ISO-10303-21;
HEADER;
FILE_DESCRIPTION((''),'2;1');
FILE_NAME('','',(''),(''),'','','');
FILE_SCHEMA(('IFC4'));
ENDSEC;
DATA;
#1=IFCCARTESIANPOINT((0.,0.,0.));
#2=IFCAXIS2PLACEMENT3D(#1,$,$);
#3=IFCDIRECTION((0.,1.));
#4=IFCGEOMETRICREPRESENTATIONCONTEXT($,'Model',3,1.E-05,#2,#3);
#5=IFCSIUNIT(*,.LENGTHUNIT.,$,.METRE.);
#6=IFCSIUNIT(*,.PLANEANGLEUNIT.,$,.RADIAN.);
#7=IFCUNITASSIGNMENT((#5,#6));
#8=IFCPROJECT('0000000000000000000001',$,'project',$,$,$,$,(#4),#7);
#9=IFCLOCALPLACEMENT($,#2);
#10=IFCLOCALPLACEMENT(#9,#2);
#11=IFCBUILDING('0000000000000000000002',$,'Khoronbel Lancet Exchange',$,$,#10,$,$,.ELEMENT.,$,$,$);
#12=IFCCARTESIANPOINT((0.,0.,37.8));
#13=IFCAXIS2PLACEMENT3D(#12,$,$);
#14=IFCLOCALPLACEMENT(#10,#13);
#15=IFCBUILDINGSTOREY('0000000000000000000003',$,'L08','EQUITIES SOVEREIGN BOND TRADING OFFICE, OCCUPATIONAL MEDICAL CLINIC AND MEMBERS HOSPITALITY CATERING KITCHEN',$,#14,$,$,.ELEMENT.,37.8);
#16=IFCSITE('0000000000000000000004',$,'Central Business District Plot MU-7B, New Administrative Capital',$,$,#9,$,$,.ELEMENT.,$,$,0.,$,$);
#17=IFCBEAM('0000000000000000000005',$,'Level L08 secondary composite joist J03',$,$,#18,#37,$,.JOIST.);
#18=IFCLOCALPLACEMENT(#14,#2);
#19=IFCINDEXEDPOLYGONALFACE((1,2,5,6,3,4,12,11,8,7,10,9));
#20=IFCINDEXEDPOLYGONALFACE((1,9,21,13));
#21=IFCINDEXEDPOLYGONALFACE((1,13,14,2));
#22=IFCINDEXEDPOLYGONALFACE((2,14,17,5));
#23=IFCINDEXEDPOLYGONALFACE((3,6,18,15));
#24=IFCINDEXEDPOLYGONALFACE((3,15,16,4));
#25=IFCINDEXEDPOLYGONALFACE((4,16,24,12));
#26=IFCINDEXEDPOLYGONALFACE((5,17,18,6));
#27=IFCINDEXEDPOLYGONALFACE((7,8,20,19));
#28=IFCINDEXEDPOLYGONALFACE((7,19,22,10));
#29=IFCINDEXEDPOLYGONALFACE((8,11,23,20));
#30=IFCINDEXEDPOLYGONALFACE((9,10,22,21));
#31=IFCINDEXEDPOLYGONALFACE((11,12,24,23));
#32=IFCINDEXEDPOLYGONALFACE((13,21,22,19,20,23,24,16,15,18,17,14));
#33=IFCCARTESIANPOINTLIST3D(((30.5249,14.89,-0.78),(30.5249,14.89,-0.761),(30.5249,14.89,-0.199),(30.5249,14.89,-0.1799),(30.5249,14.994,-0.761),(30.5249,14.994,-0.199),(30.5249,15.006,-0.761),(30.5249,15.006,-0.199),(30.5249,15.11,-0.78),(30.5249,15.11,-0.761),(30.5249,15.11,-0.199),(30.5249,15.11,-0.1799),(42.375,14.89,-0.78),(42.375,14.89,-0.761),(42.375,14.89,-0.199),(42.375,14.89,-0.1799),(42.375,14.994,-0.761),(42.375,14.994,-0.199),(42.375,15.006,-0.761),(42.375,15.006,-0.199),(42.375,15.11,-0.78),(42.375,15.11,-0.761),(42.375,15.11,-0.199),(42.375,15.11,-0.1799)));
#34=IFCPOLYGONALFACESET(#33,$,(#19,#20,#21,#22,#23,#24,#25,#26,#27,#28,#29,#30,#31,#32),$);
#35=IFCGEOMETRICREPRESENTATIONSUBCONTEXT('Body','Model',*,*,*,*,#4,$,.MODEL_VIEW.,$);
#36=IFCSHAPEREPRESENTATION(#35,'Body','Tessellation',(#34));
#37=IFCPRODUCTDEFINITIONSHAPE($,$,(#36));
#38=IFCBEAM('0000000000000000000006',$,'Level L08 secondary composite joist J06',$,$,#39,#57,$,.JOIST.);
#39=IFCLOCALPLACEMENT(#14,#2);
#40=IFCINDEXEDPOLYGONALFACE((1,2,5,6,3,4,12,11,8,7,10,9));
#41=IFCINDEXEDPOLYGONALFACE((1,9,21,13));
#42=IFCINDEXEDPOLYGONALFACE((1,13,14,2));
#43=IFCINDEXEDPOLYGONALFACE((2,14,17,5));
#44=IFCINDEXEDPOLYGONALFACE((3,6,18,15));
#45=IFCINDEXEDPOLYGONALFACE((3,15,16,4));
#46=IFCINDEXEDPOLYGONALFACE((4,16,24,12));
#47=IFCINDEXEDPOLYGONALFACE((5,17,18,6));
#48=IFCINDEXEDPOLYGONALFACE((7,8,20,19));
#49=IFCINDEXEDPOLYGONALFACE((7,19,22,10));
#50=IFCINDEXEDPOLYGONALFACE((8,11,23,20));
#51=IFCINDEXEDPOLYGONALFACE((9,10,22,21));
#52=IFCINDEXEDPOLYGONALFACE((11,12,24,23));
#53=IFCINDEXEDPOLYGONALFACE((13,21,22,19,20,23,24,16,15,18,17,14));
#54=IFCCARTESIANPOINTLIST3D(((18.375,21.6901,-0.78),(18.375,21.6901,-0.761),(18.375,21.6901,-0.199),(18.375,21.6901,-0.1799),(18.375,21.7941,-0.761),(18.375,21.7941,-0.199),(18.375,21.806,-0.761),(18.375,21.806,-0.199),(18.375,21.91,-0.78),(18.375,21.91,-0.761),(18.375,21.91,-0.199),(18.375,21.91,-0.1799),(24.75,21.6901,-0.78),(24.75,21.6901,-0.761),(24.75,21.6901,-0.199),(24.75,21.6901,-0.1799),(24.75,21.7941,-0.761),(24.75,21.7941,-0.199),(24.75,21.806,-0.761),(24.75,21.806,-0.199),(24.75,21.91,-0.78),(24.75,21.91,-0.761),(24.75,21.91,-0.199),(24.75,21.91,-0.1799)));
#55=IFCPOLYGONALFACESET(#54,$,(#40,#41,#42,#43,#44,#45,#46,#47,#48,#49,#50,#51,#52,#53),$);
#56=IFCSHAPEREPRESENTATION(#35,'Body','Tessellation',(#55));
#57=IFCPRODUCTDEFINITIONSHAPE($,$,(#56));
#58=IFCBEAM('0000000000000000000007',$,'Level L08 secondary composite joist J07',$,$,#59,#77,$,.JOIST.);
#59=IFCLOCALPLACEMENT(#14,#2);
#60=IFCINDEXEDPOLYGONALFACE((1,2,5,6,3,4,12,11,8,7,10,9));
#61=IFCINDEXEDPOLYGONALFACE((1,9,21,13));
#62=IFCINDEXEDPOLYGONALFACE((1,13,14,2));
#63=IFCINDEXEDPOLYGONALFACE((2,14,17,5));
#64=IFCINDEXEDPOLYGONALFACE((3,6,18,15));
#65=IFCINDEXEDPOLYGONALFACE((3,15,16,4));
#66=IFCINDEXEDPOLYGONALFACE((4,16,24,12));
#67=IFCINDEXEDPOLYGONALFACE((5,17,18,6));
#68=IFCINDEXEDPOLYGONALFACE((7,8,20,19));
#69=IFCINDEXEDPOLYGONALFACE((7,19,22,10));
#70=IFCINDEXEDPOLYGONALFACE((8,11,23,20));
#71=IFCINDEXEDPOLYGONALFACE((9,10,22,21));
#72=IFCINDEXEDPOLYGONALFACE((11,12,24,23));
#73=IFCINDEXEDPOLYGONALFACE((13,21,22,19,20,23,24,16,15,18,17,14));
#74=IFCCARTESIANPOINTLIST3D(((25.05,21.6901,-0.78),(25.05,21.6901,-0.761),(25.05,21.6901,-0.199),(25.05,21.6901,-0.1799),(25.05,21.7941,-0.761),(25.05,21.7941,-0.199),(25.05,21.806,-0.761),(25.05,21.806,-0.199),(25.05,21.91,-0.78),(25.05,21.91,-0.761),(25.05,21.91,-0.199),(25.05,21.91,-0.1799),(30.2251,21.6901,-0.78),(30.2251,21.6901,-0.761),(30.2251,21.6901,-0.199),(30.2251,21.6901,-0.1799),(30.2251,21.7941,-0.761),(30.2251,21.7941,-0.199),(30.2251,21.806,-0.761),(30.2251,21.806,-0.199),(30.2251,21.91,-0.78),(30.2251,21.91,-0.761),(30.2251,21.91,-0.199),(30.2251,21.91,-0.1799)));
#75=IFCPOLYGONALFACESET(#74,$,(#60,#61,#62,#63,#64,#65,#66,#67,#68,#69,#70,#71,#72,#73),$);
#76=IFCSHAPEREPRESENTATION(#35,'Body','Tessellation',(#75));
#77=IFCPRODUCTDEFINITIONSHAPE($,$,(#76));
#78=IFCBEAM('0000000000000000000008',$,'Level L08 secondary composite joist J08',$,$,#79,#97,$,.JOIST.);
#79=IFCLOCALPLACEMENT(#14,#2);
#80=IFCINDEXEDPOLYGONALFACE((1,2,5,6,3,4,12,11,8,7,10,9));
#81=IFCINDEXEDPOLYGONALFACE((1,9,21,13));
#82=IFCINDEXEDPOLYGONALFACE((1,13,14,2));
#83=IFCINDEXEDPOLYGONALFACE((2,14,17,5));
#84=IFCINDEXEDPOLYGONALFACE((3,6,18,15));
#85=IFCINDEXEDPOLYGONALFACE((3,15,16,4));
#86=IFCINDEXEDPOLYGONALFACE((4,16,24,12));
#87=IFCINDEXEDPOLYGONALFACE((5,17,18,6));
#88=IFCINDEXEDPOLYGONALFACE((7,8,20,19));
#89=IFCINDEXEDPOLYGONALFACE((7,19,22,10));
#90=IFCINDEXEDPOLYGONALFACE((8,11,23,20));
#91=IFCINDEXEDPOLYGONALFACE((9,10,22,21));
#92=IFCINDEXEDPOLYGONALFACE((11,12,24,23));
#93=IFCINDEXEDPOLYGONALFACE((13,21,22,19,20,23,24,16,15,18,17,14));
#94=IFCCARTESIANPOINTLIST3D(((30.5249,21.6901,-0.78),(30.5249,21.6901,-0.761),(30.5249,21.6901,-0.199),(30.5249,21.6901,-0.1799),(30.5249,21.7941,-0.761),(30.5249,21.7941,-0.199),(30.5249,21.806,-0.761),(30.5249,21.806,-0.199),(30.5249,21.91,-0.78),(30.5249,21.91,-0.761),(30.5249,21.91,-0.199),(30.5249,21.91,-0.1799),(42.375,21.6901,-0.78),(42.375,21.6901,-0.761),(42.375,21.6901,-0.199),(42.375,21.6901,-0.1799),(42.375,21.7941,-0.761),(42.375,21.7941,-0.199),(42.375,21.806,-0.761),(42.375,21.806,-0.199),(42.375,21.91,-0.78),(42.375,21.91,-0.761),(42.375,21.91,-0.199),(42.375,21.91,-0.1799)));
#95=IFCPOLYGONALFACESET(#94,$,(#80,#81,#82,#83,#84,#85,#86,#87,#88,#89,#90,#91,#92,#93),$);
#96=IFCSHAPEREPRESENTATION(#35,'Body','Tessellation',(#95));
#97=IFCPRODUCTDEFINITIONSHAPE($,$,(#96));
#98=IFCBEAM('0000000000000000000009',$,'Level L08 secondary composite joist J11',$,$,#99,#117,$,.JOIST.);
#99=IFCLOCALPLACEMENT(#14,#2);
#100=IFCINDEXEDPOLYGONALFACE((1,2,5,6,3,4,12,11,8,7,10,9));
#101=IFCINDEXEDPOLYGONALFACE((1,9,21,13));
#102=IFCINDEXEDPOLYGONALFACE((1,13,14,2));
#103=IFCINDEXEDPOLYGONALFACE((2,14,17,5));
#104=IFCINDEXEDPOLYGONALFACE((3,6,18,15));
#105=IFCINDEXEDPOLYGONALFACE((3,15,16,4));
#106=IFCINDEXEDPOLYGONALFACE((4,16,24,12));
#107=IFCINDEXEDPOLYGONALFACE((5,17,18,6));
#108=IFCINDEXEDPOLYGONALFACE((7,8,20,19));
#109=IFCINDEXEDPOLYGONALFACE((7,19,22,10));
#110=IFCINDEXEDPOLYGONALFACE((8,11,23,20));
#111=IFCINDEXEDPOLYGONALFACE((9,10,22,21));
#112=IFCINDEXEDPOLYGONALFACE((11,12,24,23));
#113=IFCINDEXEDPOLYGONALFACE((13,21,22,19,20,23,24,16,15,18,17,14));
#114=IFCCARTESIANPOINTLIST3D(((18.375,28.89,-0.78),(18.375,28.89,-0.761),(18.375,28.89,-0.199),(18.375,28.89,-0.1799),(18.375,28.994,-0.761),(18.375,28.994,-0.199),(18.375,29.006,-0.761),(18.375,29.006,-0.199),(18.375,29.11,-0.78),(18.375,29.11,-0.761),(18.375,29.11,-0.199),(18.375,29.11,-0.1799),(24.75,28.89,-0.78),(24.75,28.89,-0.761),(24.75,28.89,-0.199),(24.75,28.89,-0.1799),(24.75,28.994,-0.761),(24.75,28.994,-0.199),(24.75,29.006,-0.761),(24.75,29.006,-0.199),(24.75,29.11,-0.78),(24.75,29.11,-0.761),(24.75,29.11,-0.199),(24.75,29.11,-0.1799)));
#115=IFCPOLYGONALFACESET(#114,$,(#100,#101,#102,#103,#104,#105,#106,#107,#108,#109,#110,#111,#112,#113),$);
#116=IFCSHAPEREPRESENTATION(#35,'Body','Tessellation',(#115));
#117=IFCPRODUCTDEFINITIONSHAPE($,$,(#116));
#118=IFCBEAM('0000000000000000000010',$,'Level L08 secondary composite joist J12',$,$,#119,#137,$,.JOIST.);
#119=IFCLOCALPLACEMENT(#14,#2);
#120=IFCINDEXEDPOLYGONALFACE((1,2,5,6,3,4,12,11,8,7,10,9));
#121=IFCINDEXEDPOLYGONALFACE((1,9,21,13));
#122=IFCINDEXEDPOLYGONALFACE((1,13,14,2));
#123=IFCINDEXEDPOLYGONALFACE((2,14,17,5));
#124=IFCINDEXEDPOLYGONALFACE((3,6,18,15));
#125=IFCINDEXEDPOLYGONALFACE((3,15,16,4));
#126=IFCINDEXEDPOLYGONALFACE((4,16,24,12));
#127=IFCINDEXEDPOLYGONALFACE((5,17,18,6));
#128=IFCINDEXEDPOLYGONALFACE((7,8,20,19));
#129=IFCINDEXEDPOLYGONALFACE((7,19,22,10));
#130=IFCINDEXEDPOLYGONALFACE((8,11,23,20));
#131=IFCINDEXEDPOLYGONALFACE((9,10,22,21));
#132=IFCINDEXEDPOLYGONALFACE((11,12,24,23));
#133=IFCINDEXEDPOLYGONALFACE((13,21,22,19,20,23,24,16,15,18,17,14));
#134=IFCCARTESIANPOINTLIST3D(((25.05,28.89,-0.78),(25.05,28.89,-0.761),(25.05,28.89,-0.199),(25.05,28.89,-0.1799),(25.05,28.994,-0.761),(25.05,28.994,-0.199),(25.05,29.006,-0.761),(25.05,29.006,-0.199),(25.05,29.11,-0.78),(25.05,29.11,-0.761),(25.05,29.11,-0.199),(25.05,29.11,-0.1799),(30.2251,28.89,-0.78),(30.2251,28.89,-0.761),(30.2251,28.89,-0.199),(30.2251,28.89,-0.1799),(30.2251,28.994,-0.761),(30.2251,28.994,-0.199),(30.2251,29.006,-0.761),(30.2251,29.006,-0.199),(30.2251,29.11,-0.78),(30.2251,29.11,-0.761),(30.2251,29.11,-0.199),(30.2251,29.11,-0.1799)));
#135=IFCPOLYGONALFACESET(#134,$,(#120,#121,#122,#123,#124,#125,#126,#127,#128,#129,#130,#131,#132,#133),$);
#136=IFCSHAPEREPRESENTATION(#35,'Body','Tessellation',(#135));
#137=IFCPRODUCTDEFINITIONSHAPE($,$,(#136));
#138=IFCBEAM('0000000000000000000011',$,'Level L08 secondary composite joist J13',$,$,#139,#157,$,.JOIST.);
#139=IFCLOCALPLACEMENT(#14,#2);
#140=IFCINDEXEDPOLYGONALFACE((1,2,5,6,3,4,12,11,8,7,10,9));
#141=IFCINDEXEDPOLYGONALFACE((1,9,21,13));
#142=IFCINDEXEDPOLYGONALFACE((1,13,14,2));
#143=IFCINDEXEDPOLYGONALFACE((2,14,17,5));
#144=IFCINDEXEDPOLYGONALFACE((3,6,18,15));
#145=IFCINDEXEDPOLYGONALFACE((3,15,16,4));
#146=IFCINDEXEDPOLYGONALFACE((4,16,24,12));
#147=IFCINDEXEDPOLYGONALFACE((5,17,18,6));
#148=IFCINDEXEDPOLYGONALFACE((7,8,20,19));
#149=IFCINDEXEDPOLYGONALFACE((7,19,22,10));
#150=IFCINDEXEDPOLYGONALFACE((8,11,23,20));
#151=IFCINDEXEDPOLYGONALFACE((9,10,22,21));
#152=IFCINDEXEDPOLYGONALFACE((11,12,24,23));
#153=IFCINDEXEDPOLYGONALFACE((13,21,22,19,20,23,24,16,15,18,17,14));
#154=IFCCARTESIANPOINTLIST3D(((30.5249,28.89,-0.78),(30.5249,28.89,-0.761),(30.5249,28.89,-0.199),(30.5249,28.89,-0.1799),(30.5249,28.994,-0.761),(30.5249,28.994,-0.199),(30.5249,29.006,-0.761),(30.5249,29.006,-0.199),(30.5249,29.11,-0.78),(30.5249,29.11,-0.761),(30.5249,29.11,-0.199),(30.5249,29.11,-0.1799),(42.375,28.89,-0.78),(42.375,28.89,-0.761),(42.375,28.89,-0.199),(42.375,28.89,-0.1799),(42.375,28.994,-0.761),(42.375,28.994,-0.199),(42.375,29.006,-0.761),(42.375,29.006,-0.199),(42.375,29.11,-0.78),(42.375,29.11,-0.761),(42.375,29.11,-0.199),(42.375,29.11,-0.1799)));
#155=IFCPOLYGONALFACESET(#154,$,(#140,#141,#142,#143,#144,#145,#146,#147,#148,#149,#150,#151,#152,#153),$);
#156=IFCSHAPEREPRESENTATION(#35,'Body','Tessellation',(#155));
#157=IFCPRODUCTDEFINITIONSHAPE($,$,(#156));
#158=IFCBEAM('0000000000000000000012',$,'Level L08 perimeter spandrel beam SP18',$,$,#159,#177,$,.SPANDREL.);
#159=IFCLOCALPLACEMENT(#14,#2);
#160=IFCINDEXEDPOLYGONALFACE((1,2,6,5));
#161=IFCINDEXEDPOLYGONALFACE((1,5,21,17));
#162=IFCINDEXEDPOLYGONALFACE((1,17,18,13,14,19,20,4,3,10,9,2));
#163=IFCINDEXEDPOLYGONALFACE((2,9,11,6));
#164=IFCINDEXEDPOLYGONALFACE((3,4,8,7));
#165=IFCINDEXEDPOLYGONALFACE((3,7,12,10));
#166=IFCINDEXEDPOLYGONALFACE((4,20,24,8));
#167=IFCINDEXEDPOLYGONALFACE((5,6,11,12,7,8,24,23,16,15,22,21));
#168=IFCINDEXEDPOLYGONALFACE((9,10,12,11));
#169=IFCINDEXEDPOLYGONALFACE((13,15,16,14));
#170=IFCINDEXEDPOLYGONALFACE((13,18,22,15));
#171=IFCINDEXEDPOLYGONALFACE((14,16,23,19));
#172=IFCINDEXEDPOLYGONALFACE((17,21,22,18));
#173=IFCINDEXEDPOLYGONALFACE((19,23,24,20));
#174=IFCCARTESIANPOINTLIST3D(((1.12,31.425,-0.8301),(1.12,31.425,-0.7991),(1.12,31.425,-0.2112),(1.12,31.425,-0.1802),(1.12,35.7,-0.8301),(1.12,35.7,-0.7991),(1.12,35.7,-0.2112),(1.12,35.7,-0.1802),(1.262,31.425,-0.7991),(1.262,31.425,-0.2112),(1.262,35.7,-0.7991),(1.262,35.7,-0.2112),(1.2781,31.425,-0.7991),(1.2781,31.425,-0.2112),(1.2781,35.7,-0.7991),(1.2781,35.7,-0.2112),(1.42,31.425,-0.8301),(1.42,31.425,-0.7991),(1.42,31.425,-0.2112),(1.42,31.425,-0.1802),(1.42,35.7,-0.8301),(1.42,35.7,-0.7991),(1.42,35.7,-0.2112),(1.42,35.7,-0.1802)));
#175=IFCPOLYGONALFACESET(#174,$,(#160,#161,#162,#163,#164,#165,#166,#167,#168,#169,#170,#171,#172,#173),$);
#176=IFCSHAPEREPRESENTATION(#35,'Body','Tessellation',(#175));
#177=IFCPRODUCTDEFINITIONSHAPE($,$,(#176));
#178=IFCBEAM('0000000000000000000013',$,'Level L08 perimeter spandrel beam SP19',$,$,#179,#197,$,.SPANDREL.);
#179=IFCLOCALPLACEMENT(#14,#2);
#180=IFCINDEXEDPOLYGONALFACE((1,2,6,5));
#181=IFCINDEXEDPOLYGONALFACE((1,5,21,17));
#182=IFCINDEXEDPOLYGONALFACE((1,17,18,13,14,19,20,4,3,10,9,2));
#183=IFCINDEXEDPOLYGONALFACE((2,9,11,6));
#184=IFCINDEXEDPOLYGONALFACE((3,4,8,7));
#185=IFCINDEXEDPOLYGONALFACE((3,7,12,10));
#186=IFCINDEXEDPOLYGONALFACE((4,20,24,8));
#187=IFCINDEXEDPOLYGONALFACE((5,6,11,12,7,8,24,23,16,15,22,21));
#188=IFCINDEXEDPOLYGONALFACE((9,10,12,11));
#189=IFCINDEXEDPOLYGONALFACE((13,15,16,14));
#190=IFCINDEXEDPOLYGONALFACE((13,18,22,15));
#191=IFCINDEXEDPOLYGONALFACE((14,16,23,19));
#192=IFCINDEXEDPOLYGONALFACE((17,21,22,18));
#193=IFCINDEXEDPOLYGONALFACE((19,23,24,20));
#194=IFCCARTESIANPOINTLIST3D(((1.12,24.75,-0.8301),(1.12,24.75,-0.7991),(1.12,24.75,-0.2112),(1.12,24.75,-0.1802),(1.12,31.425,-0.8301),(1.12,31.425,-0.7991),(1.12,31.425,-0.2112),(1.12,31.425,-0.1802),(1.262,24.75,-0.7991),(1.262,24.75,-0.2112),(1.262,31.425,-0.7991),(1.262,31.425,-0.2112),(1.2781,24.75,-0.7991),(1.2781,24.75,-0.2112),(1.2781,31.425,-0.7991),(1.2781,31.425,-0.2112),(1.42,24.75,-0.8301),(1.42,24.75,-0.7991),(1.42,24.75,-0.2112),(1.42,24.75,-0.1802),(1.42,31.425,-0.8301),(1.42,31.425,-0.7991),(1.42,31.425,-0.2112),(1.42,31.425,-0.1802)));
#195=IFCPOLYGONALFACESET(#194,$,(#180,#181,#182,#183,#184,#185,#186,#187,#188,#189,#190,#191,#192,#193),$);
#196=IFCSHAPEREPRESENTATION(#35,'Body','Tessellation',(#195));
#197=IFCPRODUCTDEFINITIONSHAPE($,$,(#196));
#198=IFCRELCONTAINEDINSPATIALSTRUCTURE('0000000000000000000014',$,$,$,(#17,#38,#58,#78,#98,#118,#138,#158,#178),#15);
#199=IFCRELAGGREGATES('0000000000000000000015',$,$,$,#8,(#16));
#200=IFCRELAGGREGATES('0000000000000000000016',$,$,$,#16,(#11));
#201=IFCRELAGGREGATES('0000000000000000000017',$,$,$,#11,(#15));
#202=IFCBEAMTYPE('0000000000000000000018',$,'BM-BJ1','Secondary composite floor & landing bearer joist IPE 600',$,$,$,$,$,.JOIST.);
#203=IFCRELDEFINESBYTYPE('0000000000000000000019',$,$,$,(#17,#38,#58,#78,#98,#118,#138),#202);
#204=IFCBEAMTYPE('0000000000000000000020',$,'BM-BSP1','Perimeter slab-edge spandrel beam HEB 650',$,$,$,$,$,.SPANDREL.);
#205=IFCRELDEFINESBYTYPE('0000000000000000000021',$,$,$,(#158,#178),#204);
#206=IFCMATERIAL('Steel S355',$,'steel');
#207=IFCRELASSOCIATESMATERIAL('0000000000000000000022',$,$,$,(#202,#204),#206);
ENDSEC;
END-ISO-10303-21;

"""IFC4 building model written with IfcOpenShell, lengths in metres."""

from ifc_helpers import new_model, si_unit, direction, frame, origin, origin_2d, place, context, subcontext, project, spatial, i_section, extrude, material, material_profile, profile_set, type_object, element, save


model = new_model("IFC4")

# Units and contexts
model_context = context("Model", 3, precision=1e-05, world=origin(), true_north=direction((0.0, 1.0)))
body_context = subcontext(model_context, "Body", "Model", "MODEL_VIEW")
ifc_project = project(units=[si_unit("LENGTHUNIT", "METRE"), si_unit("PLANEANGLEUNIT", "RADIAN")], contexts=[model_context])

# Site, building, storey
site_placement = place(None, origin())
site = spatial("IfcSite", under=ifc_project, at=site_placement, Name="Central Business District Plot MU-7B, New Administrative Capital", CompositionType="ELEMENT", RefElevation=0.0)
building_placement = place(site_placement, origin())
building = spatial("IfcBuilding", under=site, at=building_placement, Name="Khoronbel Lancet Exchange", CompositionType="ELEMENT")
storey_placement = place(building_placement, frame((0.0, 0.0, 37.8)))
storey = spatial("IfcBuildingStorey", under=building, at=storey_placement, Name="L08", Description="EQUITIES SOVEREIGN BOND TRADING OFFICE, OCCUPATIONAL MEDICAL CLINIC AND MEMBERS HOSPITALITY CATERING KITCHEN", CompositionType="ELEMENT", Elevation=37.8)

# Shared definitions
ifc_material_1 = material(Name="Steel S355", Category="steel")

# Beams
ifc_material_profile_1 = material_profile(ifc_material_1, i_section(OverallWidth=0.22, OverallDepth=0.6001, WebThickness=0.012, FlangeThickness=0.019, at=origin_2d()), Name="IPE 600")
ifc_profile_set_1 = profile_set([ifc_material_profile_1], Name="Steel S355")
beam_type_1 = type_object("IfcBeamType", Name="BM-BJ1", Description="Secondary composite floor & landing bearer joist IPE 600", PredefinedType="JOIST", material=ifc_profile_set_1)
beam_1_placement = place(storey_placement, frame((30.5249, 15.0, -0.48), z_axis=(1.0, 0.0, 0.0), x_axis=(0.0, 1.0, 0.0)))
element("IfcBeam", 1, at=beam_1_placement, inside=storey, type_object=beam_type_1, Name="Level L08 secondary composite joist J03", PredefinedType="JOIST", context=body_context, shape_type="SweptSolid", body=[
    extrude(i_section(OverallWidth=0.22, OverallDepth=0.6001, WebThickness=0.012, FlangeThickness=0.019, at=origin_2d()), origin(), (0.0, 0.0, 1.0), 11.8501),
])
beam_2_placement = place(storey_placement, frame((18.375, 21.8, -0.48), z_axis=(1.0, 0.0, 0.0), x_axis=(0.0, 1.0, 0.0)))
element("IfcBeam", 2, at=beam_2_placement, inside=storey, type_object=beam_type_1, Name="Level L08 secondary composite joist J06", PredefinedType="JOIST", context=body_context, shape_type="SweptSolid", body=[
    extrude(i_section(OverallWidth=0.22, OverallDepth=0.6001, WebThickness=0.012, FlangeThickness=0.019, at=origin_2d()), origin(), (0.0, 0.0, 1.0), 6.375),
])
beam_3_placement = place(storey_placement, frame((25.05, 21.8, -0.48), z_axis=(1.0, 0.0, 0.0), x_axis=(0.0, 1.0, 0.0)))
element("IfcBeam", 3, at=beam_3_placement, inside=storey, type_object=beam_type_1, Name="Level L08 secondary composite joist J07", PredefinedType="JOIST", context=body_context, shape_type="SweptSolid", body=[
    extrude(i_section(OverallWidth=0.22, OverallDepth=0.6001, WebThickness=0.012, FlangeThickness=0.019, at=origin_2d()), origin(), (0.0, 0.0, 1.0), 5.175),
])
beam_4_placement = place(storey_placement, frame((30.5249, 21.8, -0.48), z_axis=(1.0, 0.0, 0.0), x_axis=(0.0, 1.0, 0.0)))
element("IfcBeam", 4, at=beam_4_placement, inside=storey, type_object=beam_type_1, Name="Level L08 secondary composite joist J08", PredefinedType="JOIST", context=body_context, shape_type="SweptSolid", body=[
    extrude(i_section(OverallWidth=0.22, OverallDepth=0.6001, WebThickness=0.012, FlangeThickness=0.019, at=origin_2d()), origin(), (0.0, 0.0, 1.0), 11.8501),
])
beam_5_placement = place(storey_placement, frame((18.375, 29.0, -0.48), z_axis=(1.0, 0.0, 0.0), x_axis=(0.0, 1.0, 0.0)))
element("IfcBeam", 5, at=beam_5_placement, inside=storey, type_object=beam_type_1, Name="Level L08 secondary composite joist J11", PredefinedType="JOIST", context=body_context, shape_type="SweptSolid", body=[
    extrude(i_section(OverallWidth=0.22, OverallDepth=0.6001, WebThickness=0.012, FlangeThickness=0.019, at=origin_2d()), origin(), (0.0, 0.0, 1.0), 6.375),
])
beam_6_placement = place(storey_placement, frame((25.05, 29.0, -0.48), z_axis=(1.0, 0.0, 0.0), x_axis=(0.0, 1.0, 0.0)))
element("IfcBeam", 6, at=beam_6_placement, inside=storey, type_object=beam_type_1, Name="Level L08 secondary composite joist J12", PredefinedType="JOIST", context=body_context, shape_type="SweptSolid", body=[
    extrude(i_section(OverallWidth=0.22, OverallDepth=0.6001, WebThickness=0.012, FlangeThickness=0.019, at=origin_2d()), origin(), (0.0, 0.0, 1.0), 5.175),
])
beam_7_placement = place(storey_placement, frame((30.5249, 29.0, -0.48), z_axis=(1.0, 0.0, 0.0), x_axis=(0.0, 1.0, 0.0)))
element("IfcBeam", 7, at=beam_7_placement, inside=storey, type_object=beam_type_1, Name="Level L08 secondary composite joist J13", PredefinedType="JOIST", context=body_context, shape_type="SweptSolid", body=[
    extrude(i_section(OverallWidth=0.22, OverallDepth=0.6001, WebThickness=0.012, FlangeThickness=0.019, at=origin_2d()), origin(), (0.0, 0.0, 1.0), 11.8501),
])
ifc_material_profile_2 = material_profile(ifc_material_1, i_section(OverallWidth=0.3, OverallDepth=0.6499, WebThickness=0.0161, FlangeThickness=0.031, at=origin_2d()), Name="HEB 650")
ifc_profile_set_2 = profile_set([ifc_material_profile_2], Name="Steel S355")
beam_type_2 = type_object("IfcBeamType", Name="BM-BSP1", Description="Perimeter slab-edge spandrel beam HEB 650", PredefinedType="SPANDREL", material=ifc_profile_set_2)
beam_8_placement = place(storey_placement, frame((1.27, 35.7, -0.5051), z_axis=(0.0, -1.0, 0.0), x_axis=(1.0, 0.0, 0.0)))
element("IfcBeam", 8, at=beam_8_placement, inside=storey, type_object=beam_type_2, Name="Level L08 perimeter spandrel beam SP18", PredefinedType="SPANDREL", context=body_context, shape_type="SweptSolid", body=[
    extrude(i_section(OverallWidth=0.3, OverallDepth=0.6499, WebThickness=0.0161, FlangeThickness=0.031, at=origin_2d()), origin(), (0.0, 0.0, 1.0), 4.2749),
])
beam_9_placement = place(storey_placement, frame((1.27, 31.425, -0.5051), z_axis=(0.0, -1.0, 0.0), x_axis=(1.0, 0.0, 0.0)))
element("IfcBeam", 9, at=beam_9_placement, inside=storey, type_object=beam_type_2, Name="Level L08 perimeter spandrel beam SP19", PredefinedType="SPANDREL", context=body_context, shape_type="SweptSolid", body=[
    extrude(i_section(OverallWidth=0.3, OverallDepth=0.6499, WebThickness=0.0161, FlangeThickness=0.031, at=origin_2d()), origin(), (0.0, 0.0, 1.0), 6.675),
])

save(model, "model.ifc")
